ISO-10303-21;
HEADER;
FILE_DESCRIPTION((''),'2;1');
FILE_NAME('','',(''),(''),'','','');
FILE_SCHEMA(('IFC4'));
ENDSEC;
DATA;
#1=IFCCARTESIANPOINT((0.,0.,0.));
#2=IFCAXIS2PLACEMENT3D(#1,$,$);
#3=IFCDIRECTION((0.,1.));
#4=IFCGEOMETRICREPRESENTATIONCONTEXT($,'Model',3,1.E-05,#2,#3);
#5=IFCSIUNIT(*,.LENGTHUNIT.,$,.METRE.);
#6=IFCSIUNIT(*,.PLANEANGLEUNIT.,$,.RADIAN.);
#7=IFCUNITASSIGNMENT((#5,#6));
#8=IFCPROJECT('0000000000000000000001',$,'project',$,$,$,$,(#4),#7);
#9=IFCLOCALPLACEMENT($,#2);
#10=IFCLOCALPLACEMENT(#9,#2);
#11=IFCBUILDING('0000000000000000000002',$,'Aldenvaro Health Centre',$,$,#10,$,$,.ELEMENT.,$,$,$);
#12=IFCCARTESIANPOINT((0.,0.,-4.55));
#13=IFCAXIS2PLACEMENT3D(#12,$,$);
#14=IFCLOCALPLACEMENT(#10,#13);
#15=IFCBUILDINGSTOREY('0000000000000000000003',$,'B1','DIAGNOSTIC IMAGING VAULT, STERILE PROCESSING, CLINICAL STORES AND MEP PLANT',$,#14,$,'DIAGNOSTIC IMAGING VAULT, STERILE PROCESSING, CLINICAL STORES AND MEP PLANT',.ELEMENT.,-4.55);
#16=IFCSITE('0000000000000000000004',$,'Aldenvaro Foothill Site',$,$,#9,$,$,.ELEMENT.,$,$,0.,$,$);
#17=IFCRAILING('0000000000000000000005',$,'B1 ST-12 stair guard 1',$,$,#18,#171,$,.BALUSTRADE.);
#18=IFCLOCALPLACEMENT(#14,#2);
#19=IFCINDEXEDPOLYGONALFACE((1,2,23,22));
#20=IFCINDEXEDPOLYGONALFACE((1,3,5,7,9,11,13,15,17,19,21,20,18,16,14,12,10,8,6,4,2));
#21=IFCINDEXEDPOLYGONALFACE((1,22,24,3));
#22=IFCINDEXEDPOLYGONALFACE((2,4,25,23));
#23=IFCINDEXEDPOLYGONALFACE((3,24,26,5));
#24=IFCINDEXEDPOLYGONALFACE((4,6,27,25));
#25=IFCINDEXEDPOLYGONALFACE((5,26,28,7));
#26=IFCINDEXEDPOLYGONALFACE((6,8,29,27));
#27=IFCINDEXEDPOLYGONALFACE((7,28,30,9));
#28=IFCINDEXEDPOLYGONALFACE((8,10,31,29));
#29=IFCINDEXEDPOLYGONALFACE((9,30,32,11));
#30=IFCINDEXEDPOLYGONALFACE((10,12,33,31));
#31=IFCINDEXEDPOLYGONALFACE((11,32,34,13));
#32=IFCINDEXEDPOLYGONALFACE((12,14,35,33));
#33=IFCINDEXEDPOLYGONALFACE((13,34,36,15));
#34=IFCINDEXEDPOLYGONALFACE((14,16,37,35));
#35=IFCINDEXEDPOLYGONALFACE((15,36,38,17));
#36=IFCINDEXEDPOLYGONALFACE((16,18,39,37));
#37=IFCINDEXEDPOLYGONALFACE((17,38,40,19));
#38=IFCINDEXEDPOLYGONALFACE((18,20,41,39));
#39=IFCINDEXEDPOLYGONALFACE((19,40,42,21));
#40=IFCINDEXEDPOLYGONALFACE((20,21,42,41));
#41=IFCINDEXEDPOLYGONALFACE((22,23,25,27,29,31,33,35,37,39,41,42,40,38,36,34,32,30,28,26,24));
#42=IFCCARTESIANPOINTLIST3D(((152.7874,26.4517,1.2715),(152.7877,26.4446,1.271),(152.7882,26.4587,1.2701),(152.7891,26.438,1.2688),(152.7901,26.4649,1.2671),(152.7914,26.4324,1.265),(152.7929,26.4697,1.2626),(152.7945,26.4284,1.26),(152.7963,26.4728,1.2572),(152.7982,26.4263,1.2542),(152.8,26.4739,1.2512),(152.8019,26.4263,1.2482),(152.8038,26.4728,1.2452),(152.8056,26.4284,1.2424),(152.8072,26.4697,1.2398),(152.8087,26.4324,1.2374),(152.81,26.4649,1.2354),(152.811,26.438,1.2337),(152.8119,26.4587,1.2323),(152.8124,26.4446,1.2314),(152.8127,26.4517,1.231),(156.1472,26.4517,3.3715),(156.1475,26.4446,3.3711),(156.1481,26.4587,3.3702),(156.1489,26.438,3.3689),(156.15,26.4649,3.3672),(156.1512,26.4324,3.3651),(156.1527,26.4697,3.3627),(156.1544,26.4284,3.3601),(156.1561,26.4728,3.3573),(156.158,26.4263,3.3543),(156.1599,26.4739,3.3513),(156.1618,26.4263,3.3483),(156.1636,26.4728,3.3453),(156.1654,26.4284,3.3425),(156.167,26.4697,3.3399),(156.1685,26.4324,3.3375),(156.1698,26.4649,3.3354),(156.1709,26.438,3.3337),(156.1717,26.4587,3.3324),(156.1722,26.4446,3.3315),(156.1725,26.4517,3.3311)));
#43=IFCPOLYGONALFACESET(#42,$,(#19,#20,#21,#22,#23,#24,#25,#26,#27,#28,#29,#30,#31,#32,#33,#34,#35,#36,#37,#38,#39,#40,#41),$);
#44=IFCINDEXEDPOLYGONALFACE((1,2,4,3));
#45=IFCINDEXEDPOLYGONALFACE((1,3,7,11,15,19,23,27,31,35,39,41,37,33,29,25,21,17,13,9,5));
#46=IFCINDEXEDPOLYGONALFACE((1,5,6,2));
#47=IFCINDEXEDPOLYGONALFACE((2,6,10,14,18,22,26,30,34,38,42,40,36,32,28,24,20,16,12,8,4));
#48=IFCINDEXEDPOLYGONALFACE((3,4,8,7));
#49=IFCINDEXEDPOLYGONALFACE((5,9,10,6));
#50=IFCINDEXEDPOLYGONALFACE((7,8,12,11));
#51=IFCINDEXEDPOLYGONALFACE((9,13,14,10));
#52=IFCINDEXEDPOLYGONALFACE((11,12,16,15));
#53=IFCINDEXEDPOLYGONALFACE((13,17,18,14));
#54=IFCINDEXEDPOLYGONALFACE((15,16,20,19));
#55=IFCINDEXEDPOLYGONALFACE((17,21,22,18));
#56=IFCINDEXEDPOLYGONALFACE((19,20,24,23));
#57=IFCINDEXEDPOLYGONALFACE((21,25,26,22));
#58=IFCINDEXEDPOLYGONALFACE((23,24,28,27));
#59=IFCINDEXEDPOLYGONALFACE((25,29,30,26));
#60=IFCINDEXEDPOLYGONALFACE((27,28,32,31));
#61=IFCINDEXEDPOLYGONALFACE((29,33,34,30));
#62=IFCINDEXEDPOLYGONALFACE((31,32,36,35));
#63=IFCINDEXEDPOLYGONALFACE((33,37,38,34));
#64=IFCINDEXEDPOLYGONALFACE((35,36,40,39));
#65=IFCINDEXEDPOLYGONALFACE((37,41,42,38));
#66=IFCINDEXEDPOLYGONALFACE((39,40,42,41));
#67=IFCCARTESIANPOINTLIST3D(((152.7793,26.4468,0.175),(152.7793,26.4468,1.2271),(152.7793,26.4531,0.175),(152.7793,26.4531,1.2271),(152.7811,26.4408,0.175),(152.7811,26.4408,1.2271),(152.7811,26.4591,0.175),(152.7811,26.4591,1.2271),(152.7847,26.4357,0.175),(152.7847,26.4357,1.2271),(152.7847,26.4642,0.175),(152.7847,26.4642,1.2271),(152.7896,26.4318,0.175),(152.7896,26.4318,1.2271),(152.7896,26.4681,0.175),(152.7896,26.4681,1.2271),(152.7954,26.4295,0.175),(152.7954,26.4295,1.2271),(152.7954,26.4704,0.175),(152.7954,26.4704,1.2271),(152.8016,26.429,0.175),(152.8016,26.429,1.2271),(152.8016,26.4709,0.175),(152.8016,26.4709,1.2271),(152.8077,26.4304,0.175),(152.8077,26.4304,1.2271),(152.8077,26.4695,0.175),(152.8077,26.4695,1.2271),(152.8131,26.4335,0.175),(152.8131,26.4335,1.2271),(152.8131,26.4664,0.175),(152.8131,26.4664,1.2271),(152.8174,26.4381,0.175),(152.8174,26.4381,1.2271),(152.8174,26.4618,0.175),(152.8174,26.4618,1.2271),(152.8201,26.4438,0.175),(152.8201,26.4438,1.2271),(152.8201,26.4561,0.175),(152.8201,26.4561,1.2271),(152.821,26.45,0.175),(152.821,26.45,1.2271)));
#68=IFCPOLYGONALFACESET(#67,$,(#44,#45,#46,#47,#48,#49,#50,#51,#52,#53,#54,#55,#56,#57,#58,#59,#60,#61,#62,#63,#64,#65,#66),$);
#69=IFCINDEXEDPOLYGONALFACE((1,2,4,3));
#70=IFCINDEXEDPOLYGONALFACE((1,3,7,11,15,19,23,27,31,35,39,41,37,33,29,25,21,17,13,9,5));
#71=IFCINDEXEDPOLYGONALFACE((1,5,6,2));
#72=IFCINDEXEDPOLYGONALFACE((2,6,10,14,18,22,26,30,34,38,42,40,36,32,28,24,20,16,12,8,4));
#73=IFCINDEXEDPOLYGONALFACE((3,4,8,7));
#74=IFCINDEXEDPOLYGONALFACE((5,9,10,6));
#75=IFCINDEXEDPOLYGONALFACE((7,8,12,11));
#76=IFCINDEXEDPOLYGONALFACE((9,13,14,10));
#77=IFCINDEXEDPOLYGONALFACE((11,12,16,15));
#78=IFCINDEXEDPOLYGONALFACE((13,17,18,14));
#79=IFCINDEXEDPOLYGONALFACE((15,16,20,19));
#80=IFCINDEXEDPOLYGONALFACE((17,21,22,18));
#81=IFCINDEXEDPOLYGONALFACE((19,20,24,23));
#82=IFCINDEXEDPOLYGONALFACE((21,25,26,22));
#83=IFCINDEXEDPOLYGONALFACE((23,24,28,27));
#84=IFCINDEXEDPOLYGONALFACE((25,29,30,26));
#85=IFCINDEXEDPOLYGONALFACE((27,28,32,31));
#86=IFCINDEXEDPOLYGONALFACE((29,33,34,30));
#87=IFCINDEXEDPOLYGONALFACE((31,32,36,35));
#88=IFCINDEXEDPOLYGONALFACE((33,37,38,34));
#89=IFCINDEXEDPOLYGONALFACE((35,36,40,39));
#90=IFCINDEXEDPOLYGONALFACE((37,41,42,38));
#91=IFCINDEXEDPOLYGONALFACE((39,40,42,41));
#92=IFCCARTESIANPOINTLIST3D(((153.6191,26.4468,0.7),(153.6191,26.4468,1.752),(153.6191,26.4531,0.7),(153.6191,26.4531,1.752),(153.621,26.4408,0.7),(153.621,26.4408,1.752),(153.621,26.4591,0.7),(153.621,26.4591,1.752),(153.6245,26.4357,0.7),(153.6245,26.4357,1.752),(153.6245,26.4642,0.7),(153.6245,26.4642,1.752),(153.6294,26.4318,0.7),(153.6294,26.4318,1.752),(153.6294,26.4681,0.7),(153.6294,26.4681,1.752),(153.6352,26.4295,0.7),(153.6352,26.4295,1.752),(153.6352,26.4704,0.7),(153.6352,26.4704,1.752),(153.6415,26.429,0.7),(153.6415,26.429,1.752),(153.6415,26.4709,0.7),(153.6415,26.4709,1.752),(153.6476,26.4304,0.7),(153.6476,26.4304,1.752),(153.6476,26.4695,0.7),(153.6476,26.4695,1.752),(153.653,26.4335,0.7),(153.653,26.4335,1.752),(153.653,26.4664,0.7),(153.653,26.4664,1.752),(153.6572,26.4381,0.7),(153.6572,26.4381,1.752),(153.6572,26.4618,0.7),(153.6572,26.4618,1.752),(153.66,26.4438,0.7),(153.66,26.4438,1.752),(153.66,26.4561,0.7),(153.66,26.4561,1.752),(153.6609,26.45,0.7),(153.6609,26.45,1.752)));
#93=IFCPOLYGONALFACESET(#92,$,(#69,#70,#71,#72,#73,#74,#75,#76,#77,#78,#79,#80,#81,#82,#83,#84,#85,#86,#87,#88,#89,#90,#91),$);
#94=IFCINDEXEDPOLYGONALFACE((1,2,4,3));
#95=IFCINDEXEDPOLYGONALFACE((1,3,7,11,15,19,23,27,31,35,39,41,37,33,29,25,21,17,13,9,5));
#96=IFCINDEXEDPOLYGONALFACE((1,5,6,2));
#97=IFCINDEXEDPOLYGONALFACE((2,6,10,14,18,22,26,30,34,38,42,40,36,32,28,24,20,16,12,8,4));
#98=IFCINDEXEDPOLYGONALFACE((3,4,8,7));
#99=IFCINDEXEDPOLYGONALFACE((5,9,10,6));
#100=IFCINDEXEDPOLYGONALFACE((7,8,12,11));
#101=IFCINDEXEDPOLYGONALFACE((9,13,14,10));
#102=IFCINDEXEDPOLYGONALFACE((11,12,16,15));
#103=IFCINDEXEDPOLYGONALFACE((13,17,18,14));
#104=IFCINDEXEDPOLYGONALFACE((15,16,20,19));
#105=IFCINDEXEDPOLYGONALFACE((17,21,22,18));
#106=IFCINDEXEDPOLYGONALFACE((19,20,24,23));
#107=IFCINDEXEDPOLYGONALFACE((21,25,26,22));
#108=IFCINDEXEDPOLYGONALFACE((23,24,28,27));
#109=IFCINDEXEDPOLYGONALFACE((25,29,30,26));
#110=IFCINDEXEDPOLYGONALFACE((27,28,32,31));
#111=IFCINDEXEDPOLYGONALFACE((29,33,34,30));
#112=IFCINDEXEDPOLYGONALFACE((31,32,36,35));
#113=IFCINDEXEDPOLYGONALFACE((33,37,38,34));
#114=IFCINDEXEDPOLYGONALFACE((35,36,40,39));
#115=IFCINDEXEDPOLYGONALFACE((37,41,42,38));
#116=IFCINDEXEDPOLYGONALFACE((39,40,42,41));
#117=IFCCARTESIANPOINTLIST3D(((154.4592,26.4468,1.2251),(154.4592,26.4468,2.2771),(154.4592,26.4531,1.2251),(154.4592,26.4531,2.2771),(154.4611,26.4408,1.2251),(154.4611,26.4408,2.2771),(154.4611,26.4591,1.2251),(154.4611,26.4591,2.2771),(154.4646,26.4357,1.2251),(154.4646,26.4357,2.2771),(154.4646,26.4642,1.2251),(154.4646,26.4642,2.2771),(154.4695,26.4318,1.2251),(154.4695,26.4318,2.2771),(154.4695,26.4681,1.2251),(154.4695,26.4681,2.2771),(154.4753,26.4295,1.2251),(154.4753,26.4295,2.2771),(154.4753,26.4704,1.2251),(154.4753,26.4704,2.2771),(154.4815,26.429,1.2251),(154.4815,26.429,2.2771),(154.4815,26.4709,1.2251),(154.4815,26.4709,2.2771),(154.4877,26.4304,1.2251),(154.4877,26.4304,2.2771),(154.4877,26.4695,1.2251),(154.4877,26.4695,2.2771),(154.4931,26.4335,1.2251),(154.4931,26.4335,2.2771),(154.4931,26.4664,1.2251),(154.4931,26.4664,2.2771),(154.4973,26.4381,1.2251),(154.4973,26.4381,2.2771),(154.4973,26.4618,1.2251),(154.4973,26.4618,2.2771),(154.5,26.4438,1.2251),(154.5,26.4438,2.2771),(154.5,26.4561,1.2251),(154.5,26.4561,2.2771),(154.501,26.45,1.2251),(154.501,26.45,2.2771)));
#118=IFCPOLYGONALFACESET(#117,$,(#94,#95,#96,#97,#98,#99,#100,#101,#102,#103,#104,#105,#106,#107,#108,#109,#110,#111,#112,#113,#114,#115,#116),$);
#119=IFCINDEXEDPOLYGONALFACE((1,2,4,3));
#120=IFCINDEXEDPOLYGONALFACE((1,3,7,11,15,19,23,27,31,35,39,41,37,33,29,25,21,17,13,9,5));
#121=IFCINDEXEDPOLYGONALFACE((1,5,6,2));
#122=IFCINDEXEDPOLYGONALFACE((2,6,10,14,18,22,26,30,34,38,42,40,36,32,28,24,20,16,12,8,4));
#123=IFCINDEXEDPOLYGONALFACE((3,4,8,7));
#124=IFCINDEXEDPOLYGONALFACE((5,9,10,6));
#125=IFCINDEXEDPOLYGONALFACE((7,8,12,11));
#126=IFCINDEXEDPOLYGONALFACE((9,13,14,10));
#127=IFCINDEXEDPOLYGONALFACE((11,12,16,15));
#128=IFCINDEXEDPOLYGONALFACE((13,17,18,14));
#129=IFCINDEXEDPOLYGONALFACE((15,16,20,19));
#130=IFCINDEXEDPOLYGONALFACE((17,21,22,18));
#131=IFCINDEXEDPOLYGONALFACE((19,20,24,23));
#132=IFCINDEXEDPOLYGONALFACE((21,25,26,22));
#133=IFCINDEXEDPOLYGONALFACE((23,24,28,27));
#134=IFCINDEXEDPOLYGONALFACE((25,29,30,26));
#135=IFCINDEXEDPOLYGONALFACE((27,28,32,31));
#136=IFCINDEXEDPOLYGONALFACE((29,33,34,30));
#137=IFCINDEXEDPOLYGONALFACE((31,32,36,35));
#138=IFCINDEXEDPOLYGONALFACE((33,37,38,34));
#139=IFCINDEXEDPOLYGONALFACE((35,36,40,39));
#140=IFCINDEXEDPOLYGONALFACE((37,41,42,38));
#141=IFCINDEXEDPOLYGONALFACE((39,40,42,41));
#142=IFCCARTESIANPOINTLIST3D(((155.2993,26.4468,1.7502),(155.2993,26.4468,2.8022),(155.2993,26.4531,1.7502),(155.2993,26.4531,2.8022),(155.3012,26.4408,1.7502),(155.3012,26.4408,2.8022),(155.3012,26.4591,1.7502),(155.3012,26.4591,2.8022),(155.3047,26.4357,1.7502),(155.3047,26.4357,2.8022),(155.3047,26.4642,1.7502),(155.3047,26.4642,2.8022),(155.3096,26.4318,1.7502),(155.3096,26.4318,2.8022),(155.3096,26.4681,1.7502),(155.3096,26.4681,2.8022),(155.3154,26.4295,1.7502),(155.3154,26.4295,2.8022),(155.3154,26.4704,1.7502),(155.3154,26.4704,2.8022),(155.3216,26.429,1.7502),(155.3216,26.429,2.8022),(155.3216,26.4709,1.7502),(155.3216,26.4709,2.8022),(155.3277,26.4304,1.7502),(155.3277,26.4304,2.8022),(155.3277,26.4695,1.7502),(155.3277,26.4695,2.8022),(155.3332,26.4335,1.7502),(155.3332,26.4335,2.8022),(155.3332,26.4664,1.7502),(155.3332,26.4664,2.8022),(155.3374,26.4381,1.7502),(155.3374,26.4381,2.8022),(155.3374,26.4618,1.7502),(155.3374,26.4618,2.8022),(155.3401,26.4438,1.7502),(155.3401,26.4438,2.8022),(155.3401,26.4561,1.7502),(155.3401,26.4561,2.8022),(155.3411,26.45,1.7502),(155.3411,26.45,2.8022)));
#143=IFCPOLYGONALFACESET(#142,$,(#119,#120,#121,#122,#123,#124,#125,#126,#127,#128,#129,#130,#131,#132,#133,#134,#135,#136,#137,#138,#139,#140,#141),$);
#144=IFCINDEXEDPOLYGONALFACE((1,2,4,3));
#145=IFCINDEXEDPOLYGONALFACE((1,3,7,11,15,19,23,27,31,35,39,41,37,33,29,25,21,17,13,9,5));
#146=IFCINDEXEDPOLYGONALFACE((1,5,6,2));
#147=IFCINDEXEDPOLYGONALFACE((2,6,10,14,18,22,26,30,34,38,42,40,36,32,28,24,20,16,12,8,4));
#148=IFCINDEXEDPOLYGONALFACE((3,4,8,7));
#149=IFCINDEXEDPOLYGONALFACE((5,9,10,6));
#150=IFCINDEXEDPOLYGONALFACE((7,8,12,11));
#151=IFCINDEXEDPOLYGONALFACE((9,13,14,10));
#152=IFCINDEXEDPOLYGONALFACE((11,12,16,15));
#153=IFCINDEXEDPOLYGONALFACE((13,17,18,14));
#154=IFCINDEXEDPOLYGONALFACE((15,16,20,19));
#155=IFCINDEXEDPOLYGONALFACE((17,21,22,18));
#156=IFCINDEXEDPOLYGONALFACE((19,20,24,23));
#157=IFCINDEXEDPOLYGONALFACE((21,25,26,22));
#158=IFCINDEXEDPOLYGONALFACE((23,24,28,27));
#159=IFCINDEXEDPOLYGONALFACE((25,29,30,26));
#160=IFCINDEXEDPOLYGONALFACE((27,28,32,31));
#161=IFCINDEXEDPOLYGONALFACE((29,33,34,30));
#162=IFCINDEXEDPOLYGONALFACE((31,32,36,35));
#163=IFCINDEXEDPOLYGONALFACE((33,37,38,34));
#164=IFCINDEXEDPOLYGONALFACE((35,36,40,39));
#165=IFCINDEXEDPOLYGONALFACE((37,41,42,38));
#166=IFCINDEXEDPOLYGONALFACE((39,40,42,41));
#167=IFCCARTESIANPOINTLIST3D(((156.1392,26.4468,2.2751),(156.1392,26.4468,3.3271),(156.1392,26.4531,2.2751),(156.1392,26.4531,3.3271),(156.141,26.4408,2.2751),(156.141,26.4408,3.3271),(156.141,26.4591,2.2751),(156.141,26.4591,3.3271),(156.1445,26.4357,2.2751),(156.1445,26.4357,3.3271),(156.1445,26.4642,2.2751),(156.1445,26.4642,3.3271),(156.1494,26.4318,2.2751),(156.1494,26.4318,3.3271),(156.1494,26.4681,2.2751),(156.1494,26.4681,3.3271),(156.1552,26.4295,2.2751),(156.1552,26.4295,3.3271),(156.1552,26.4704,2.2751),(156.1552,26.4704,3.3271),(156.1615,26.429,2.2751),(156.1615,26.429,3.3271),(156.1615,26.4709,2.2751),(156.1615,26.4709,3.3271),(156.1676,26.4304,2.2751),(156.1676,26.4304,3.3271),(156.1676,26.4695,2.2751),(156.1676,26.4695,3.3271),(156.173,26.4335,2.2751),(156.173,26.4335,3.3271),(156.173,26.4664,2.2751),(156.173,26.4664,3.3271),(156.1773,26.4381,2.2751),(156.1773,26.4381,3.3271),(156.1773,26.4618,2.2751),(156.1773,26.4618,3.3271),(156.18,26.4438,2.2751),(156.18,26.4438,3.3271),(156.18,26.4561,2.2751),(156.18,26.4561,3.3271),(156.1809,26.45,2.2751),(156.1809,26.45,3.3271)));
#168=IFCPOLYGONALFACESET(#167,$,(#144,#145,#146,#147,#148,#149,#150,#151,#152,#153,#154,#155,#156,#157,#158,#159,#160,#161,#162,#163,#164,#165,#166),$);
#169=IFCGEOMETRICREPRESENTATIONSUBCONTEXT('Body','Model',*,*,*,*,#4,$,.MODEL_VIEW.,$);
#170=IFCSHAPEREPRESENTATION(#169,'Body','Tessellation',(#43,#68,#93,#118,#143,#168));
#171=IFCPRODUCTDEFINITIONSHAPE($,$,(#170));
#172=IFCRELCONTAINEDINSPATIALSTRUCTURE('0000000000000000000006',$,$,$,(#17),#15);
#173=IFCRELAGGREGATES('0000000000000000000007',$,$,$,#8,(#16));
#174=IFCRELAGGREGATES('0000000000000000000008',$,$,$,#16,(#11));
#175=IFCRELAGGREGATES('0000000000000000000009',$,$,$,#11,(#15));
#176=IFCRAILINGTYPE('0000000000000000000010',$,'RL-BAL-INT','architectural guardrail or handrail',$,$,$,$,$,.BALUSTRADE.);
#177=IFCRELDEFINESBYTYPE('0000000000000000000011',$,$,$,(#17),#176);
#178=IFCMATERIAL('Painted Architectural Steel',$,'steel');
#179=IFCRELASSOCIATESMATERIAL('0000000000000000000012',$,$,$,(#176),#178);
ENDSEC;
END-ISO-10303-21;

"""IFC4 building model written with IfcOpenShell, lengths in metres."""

from ifc_helpers import new_model, si_unit, direction, frame, origin, origin_2d, place, context, subcontext, project, spatial, circle, extrude, material, type_object, element, save


model = new_model("IFC4")

# Units and contexts
model_context = context("Model", 3, precision=1e-05, world=origin(), true_north=direction((0.0, 1.0)))
body_context = subcontext(model_context, "Body", "Model", "MODEL_VIEW")
ifc_project = project(units=[si_unit("LENGTHUNIT", "METRE"), si_unit("PLANEANGLEUNIT", "RADIAN")], contexts=[model_context])

# Site, building, storey
site_placement = place(None, origin())
site = spatial("IfcSite", under=ifc_project, at=site_placement, Name="Aldenvaro Foothill Site", CompositionType="ELEMENT", RefElevation=0.0)
building_placement = place(site_placement, origin())
building = spatial("IfcBuilding", under=site, at=building_placement, Name="Aldenvaro Health Centre", CompositionType="ELEMENT")
storey_placement = place(building_placement, frame((0.0, 0.0, -4.55)))
storey = spatial("IfcBuildingStorey", under=building, at=storey_placement, Name="B1", Description="DIAGNOSTIC IMAGING VAULT, STERILE PROCESSING, CLINICAL STORES AND MEP PLANT", LongName="DIAGNOSTIC IMAGING VAULT, STERILE PROCESSING, CLINICAL STORES AND MEP PLANT", CompositionType="ELEMENT", Elevation=-4.55)

# Railing
ifc_material_1 = material(Name="Painted Architectural Steel", Category="steel")
railing_type_1 = type_object("IfcRailingType", Name="RL-BAL-INT", Description="architectural guardrail or handrail", PredefinedType="BALUSTRADE", material=ifc_material_1)
railing_1_placement = place(storey_placement, frame((152.8, 26.45, 0.175)))
element("IfcRailing", 1, at=railing_1_placement, inside=storey, type_object=railing_type_1, Name="B1 ST-12 stair guard 1", PredefinedType="BALUSTRADE", context=body_context, shape_type="SweptSolid", body=[
    extrude(circle(Radius=0.0239, at=origin_2d()), frame((0.0, 0.0, 1.0762), z_axis=(0.847978, 0.0, 0.530032), x_axis=(0.0, 1.0, 0.0)), (0.0, 0.0, 1.0), 3.9622),
    extrude(circle(Radius=0.021, at=origin_2d()), origin(), (0.0, 0.0, 1.0), 1.052),
    extrude(circle(Radius=0.021, at=origin_2d()), frame((0.8398, 0.0, 0.5249)), (0.0, 0.0, 1.0), 1.052),
    extrude(circle(Radius=0.021, at=origin_2d()), frame((1.6799, 0.0, 1.05)), (0.0, 0.0, 1.0), 1.052),
    extrude(circle(Radius=0.021, at=origin_2d()), frame((2.52, 0.0, 1.5752)), (0.0, 0.0, 1.0), 1.052),
    extrude(circle(Radius=0.021, at=origin_2d()), frame((3.3599, 0.0, 2.1001)), (0.0, 0.0, 1.0), 1.052),
])

save(model, "model.ifc")
